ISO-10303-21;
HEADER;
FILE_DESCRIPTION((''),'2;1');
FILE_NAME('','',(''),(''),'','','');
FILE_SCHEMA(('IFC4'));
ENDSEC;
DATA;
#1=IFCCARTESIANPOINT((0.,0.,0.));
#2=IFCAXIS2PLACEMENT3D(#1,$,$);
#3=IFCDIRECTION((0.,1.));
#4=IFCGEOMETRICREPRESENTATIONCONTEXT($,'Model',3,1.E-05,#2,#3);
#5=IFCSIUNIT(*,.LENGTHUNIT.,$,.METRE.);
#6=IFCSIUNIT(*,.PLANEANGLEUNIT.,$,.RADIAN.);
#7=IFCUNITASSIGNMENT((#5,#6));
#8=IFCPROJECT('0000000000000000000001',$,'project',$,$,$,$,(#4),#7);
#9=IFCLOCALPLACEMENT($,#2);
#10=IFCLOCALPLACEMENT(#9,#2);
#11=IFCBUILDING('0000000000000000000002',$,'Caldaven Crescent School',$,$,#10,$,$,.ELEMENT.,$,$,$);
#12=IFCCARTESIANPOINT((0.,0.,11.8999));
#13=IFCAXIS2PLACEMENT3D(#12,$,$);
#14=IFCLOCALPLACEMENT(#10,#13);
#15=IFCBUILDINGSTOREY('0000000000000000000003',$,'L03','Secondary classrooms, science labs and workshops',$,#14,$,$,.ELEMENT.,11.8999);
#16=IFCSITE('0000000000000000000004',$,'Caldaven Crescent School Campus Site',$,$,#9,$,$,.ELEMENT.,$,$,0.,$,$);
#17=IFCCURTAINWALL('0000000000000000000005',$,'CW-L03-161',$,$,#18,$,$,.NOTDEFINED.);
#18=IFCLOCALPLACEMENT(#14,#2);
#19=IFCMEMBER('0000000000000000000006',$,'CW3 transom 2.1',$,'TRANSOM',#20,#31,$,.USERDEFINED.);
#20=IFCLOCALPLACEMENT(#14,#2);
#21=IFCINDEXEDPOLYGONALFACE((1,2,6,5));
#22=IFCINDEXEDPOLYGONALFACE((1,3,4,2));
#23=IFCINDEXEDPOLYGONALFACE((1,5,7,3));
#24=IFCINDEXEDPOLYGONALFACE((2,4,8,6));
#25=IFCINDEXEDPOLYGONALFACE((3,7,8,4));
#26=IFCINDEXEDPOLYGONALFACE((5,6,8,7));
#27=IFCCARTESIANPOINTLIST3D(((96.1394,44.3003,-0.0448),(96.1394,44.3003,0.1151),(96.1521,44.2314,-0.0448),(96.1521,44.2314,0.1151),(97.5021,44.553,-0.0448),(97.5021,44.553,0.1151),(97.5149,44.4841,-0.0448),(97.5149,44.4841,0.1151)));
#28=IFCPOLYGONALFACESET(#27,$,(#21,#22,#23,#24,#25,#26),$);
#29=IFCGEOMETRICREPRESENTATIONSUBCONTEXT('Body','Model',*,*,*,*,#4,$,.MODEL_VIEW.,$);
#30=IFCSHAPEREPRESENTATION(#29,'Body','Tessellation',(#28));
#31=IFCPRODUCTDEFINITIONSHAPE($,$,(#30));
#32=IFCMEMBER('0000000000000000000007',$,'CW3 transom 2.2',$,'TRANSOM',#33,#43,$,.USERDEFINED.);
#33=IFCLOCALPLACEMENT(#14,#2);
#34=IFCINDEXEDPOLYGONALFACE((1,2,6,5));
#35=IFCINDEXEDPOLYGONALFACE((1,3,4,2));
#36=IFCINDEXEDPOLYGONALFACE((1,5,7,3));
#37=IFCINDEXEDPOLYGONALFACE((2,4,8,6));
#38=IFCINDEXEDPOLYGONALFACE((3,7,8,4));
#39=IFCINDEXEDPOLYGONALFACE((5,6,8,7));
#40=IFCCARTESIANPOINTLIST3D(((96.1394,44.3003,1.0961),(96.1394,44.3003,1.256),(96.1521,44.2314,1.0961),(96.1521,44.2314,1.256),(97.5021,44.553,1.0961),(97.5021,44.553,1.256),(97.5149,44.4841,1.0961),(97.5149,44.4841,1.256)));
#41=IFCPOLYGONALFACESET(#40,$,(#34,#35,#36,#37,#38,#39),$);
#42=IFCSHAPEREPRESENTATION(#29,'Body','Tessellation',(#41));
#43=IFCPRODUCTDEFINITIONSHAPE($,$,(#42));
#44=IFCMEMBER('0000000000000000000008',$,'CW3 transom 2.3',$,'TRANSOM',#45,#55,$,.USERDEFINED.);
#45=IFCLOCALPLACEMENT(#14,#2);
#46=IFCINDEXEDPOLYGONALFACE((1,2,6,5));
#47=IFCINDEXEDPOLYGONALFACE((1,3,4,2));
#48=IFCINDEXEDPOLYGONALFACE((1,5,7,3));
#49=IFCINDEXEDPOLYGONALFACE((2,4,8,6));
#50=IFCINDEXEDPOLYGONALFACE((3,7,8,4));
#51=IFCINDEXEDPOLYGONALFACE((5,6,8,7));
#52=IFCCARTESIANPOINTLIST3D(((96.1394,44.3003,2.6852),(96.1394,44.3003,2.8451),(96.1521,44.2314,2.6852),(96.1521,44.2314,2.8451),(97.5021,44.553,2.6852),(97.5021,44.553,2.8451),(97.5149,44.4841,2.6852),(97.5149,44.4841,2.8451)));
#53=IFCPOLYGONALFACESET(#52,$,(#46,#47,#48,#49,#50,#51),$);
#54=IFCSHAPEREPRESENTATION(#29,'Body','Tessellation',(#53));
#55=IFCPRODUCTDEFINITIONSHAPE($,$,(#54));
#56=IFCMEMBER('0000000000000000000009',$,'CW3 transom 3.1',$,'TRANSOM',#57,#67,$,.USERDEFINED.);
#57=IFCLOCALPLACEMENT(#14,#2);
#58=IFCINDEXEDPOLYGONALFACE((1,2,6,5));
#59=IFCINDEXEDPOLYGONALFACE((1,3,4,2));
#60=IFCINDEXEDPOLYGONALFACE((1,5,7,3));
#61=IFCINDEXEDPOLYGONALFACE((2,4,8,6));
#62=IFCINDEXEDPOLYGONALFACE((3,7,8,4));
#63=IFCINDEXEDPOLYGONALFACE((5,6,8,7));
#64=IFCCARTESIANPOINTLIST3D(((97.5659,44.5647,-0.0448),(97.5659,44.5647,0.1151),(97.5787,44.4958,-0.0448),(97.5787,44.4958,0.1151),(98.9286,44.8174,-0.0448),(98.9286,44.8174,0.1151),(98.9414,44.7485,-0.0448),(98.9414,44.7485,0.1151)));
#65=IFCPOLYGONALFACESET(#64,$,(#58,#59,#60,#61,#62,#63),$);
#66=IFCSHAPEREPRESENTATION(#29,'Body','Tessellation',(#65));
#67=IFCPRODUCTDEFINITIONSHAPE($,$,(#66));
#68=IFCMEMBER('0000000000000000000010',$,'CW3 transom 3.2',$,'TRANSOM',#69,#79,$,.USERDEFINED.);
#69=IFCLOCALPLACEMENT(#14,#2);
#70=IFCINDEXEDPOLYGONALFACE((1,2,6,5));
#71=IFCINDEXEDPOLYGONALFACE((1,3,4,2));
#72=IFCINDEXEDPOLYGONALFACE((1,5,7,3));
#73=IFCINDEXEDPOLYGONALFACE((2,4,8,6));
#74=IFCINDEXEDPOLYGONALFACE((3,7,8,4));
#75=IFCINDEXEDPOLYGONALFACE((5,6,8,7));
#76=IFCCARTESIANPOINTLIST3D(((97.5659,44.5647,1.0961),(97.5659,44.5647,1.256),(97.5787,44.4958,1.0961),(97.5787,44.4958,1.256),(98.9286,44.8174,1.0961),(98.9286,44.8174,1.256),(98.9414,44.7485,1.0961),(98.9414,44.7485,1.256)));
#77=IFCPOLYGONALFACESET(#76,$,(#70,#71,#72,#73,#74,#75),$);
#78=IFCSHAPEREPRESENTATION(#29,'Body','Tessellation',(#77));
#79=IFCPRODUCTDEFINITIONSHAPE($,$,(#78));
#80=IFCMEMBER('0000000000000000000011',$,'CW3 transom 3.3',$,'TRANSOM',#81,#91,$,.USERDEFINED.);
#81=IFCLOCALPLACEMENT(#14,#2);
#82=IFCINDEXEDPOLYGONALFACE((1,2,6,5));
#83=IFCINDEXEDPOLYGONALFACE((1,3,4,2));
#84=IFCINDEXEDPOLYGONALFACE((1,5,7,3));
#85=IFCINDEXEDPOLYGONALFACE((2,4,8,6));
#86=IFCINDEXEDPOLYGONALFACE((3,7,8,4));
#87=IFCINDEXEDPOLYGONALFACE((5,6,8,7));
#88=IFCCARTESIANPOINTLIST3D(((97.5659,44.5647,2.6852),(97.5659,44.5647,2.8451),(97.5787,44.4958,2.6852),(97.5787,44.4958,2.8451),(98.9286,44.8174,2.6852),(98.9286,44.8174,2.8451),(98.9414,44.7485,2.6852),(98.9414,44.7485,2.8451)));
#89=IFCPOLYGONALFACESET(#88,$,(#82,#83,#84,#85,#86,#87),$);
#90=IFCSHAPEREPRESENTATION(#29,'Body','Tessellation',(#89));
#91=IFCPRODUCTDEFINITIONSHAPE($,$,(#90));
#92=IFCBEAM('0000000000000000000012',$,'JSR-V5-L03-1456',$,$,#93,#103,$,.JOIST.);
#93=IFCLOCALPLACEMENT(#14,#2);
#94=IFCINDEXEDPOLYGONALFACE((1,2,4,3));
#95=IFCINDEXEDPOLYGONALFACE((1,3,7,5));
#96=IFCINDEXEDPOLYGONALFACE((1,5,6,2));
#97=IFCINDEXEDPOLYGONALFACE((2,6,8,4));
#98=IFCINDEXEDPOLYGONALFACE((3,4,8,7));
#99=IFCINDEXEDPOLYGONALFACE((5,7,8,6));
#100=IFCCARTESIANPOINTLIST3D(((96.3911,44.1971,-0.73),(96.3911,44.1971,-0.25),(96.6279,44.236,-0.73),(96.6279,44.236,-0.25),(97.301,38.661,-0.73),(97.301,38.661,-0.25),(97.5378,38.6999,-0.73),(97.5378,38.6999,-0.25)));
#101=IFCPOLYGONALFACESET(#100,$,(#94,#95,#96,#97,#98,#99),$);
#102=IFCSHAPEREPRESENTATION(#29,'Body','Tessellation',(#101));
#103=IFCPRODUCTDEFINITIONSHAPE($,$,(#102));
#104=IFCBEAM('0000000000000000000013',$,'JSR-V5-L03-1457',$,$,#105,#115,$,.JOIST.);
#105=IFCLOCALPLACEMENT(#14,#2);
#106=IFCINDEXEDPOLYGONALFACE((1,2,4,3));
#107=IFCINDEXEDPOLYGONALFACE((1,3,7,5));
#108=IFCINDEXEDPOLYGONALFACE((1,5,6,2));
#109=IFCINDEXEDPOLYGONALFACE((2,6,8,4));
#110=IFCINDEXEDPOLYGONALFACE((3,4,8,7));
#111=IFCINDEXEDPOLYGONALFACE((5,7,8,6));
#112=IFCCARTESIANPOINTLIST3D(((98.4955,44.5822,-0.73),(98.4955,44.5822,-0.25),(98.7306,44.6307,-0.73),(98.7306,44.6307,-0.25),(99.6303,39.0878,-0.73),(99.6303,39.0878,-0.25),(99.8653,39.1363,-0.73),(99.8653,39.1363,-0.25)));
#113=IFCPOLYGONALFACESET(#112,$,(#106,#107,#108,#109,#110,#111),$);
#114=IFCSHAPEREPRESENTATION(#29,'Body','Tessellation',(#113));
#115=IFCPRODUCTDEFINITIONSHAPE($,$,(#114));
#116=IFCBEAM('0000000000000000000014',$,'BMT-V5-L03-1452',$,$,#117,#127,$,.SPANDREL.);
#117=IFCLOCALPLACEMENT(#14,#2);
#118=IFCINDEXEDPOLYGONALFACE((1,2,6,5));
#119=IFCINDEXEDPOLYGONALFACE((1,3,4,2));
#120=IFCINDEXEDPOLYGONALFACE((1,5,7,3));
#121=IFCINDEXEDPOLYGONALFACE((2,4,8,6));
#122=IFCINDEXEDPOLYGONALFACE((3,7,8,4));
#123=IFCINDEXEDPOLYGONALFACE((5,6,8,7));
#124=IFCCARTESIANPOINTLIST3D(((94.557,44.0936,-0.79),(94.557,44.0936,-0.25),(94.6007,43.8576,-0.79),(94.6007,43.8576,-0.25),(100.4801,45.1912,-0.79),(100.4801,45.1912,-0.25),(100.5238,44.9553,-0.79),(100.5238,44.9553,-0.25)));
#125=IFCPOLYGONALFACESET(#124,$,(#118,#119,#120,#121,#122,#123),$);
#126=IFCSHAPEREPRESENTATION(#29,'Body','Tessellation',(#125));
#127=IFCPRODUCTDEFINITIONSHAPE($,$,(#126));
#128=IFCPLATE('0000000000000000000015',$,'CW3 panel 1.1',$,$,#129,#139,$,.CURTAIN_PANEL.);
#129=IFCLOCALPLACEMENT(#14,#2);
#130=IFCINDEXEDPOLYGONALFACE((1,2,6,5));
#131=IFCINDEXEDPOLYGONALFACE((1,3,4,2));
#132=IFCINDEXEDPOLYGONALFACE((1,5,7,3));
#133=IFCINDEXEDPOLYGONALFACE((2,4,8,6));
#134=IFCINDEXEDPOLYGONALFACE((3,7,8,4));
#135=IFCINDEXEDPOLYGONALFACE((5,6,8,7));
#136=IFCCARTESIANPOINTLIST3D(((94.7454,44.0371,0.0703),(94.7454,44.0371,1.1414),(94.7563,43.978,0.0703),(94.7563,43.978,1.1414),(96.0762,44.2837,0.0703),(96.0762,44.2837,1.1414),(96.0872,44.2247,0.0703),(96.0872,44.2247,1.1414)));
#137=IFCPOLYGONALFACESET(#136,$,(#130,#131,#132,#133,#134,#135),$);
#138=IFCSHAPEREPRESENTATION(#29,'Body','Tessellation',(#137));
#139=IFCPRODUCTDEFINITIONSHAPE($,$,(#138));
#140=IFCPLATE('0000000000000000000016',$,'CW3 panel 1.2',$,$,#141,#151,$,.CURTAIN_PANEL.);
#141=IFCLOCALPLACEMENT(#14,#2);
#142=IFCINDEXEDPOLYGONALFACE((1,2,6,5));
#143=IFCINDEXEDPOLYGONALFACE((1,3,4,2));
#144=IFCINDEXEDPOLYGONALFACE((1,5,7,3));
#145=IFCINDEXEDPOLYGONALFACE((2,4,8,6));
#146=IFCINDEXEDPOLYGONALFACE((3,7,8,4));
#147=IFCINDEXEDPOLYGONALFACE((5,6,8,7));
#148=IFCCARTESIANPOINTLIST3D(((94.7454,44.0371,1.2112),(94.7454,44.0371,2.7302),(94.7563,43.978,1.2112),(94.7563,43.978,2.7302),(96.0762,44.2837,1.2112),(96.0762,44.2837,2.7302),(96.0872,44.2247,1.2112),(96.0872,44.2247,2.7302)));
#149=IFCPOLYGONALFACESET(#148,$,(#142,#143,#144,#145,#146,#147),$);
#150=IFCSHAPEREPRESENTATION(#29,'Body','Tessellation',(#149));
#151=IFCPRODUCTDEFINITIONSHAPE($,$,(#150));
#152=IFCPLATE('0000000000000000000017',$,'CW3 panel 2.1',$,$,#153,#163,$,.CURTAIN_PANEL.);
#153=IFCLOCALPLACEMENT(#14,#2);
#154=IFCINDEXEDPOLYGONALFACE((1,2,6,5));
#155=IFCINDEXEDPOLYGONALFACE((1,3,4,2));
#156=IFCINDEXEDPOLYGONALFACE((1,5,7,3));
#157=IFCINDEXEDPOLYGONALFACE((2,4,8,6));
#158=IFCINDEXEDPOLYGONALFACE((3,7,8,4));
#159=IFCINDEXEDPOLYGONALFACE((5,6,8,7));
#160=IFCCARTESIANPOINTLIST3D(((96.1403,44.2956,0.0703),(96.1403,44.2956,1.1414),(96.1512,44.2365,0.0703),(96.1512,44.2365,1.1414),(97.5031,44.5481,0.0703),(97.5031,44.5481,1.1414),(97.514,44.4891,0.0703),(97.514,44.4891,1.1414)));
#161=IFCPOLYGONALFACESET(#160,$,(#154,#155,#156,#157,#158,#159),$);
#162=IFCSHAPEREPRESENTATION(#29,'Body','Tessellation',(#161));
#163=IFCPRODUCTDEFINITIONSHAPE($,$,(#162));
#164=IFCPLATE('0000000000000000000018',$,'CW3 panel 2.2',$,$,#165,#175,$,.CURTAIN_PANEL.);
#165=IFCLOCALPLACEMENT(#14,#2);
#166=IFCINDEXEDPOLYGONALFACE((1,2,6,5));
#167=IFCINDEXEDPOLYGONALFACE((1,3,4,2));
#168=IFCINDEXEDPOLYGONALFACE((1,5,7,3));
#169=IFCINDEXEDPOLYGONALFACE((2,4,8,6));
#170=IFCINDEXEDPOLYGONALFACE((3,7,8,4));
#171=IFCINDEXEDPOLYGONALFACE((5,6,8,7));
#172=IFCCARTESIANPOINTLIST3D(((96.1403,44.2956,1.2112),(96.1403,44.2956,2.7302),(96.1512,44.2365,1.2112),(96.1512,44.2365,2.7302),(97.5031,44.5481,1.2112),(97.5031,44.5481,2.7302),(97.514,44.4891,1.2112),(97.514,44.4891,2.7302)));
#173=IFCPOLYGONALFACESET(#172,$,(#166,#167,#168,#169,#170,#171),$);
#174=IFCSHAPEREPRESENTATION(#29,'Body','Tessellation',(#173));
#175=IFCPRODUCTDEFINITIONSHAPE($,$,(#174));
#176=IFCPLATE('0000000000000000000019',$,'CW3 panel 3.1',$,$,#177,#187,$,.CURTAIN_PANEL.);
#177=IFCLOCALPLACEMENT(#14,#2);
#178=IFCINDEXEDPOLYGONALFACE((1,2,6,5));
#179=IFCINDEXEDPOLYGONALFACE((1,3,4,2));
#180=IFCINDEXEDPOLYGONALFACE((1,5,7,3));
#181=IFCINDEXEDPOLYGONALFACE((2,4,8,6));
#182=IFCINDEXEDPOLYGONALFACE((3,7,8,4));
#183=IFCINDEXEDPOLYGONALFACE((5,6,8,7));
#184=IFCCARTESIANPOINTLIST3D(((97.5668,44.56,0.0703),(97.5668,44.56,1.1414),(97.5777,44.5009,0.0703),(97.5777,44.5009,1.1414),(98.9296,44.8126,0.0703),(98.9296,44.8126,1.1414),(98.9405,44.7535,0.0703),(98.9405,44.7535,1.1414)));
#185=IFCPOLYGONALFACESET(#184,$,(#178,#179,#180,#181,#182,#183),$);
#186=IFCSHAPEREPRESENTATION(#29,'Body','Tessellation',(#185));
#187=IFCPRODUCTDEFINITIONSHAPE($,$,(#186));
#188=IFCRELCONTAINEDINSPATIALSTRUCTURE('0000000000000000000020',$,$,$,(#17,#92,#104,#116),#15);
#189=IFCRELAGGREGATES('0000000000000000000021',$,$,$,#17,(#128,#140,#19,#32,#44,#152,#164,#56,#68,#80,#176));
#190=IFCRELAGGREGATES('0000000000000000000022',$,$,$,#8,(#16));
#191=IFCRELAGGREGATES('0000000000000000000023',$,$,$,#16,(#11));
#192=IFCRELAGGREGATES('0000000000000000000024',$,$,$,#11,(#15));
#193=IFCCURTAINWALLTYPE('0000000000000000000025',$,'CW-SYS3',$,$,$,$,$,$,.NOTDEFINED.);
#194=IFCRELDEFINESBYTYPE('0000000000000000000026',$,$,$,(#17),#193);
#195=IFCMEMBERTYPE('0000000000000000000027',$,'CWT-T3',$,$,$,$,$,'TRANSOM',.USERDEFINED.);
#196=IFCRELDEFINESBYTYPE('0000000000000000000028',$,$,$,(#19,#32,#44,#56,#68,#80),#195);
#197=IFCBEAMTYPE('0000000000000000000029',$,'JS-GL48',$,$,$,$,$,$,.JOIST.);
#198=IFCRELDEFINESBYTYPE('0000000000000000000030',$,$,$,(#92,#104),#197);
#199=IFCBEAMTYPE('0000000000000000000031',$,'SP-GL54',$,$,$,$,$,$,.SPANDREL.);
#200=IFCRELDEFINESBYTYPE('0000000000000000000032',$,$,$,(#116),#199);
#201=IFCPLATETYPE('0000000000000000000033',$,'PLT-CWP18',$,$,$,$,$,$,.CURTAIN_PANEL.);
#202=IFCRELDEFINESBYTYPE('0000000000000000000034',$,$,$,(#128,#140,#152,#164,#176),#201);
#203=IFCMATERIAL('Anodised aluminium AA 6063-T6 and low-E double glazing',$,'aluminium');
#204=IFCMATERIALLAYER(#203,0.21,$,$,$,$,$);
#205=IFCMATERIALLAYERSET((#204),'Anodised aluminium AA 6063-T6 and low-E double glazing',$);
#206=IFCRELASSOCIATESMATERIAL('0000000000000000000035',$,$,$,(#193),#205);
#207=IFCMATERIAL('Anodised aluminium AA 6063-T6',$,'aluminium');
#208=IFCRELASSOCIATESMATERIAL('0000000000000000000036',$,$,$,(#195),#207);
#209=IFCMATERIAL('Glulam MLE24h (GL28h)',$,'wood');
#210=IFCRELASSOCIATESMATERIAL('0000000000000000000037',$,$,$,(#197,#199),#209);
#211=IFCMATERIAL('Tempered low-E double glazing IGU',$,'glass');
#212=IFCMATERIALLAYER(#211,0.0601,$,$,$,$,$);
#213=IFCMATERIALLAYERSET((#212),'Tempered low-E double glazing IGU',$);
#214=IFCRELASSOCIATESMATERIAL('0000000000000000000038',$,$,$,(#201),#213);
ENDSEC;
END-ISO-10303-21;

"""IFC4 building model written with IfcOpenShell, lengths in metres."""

from ifc_helpers import new_model, si_unit, direction, frame, origin, origin_2d, place, context, subcontext, project, spatial, rectangle, extrude, material, layer, layer_set, material_profile, profile_set, type_object, element, aggregate, save


model = new_model("IFC4")

# Units and contexts
model_context = context("Model", 3, precision=1e-05, world=origin(), true_north=direction((0.0, 1.0)))
body_context = subcontext(model_context, "Body", "Model", "MODEL_VIEW")
ifc_project = project(units=[si_unit("LENGTHUNIT", "METRE"), si_unit("PLANEANGLEUNIT", "RADIAN")], contexts=[model_context])

# Site, building, storey
site_placement = place(None, origin())
site = spatial("IfcSite", under=ifc_project, at=site_placement, Name="Caldaven Crescent School Campus Site", CompositionType="ELEMENT", RefElevation=0.0)
building_placement = place(site_placement, origin())
building = spatial("IfcBuilding", under=site, at=building_placement, Name="Caldaven Crescent School", CompositionType="ELEMENT")
storey_placement = place(building_placement, frame((0.0, 0.0, 11.8999)))
storey = spatial("IfcBuildingStorey", under=building, at=storey_placement, Name="L03", Description="Secondary classrooms, science labs and workshops", CompositionType="ELEMENT", Elevation=11.8999)

# Shared definitions
ifc_material_1 = material(Name="Glulam MLE24h (GL28h)", Category="wood")

# Shared definitions
ifc_material_2 = material(Name="Anodised aluminium AA 6063-T6 and low-E double glazing", Category="aluminium")
ifc_material_3 = material(Name="Anodised aluminium AA 6063-T6", Category="aluminium")

# Curtain wall, members
ifc_layer_1 = layer(ifc_material_2, 0.21)
ifc_layer_set_1 = layer_set([ifc_layer_1], Name="Anodised aluminium AA 6063-T6 and low-E double glazing")
curtain_wall_type_1 = type_object("IfcCurtainWallType", Name="CW-SYS3", PredefinedType="NOTDEFINED", material=ifc_layer_set_1)
curtain_wall_1_placement = place(storey_placement, origin())
curtain_wall_1 = element("IfcCurtainWall", 1, at=curtain_wall_1_placement, inside=storey, type_object=curtain_wall_type_1, Name="CW-L03-161", PredefinedType="NOTDEFINED")
ifc_material_profile_1 = material_profile(ifc_material_3, rectangle(XDim=0.0701, YDim=0.1599, at=origin_2d()), Name="CWT 70x160")
ifc_profile_set_1 = profile_set([ifc_material_profile_1], Name="Anodised aluminium AA 6063-T6")
member_type_1 = type_object("IfcMemberType", Name="CWT-T3", ElementType="TRANSOM", PredefinedType="USERDEFINED", material=ifc_profile_set_1)
member_1_placement = place(storey_placement, frame((96.1458, 44.2659, 0.0352), z_axis=(0.983241, 0.18231, 0.0), x_axis=(-0.18231, 0.983241, 0.0)))
member_1 = element("IfcMember", 2, at=member_1_placement, type_object=member_type_1, Name="CW3 transom 2.1", ObjectType="TRANSOM", PredefinedType="USERDEFINED", context=body_context, shape_type="SweptSolid", body=[
    extrude(rectangle(XDim=0.0701, YDim=0.1599, at=origin_2d()), origin(), (0.0, 0.0, 1.0), 1.386),
])
member_2_placement = place(storey_placement, frame((96.1458, 44.2659, 1.176), z_axis=(0.983241, 0.18231, 0.0), x_axis=(-0.18231, 0.983241, 0.0)))
member_2 = element("IfcMember", 3, at=member_2_placement, type_object=member_type_1, Name="CW3 transom 2.2", ObjectType="TRANSOM", PredefinedType="USERDEFINED", context=body_context, shape_type="SweptSolid", body=[
    extrude(rectangle(XDim=0.0701, YDim=0.1599, at=origin_2d()), origin(), (0.0, 0.0, 1.0), 1.386),
])
member_3_placement = place(storey_placement, frame((96.1458, 44.2659, 2.7651), z_axis=(0.983241, 0.18231, 0.0), x_axis=(-0.18231, 0.983241, 0.0)))
member_3 = element("IfcMember", 4, at=member_3_placement, type_object=member_type_1, Name="CW3 transom 2.3", ObjectType="TRANSOM", PredefinedType="USERDEFINED", context=body_context, shape_type="SweptSolid", body=[
    extrude(rectangle(XDim=0.0701, YDim=0.1599, at=origin_2d()), origin(), (0.0, 0.0, 1.0), 1.386),
])
member_4_placement = place(storey_placement, frame((97.5723, 44.5303, 0.0352), z_axis=(0.983241, 0.18231, 0.0), x_axis=(-0.18231, 0.983241, 0.0)))
member_4 = element("IfcMember", 5, at=member_4_placement, type_object=member_type_1, Name="CW3 transom 3.1", ObjectType="TRANSOM", PredefinedType="USERDEFINED", context=body_context, shape_type="SweptSolid", body=[
    extrude(rectangle(XDim=0.0701, YDim=0.1599, at=origin_2d()), origin(), (0.0, 0.0, 1.0), 1.386),
])
member_5_placement = place(storey_placement, frame((97.5723, 44.5303, 1.176), z_axis=(0.983241, 0.18231, 0.0), x_axis=(-0.18231, 0.983241, 0.0)))
member_5 = element("IfcMember", 6, at=member_5_placement, type_object=member_type_1, Name="CW3 transom 3.2", ObjectType="TRANSOM", PredefinedType="USERDEFINED", context=body_context, shape_type="SweptSolid", body=[
    extrude(rectangle(XDim=0.0701, YDim=0.1599, at=origin_2d()), origin(), (0.0, 0.0, 1.0), 1.386),
])
member_6_placement = place(storey_placement, frame((97.5723, 44.5303, 2.7651), z_axis=(0.983241, 0.18231, 0.0), x_axis=(-0.18231, 0.983241, 0.0)))
member_6 = element("IfcMember", 7, at=member_6_placement, type_object=member_type_1, Name="CW3 transom 3.3", ObjectType="TRANSOM", PredefinedType="USERDEFINED", context=body_context, shape_type="SweptSolid", body=[
    extrude(rectangle(XDim=0.0701, YDim=0.1599, at=origin_2d()), origin(), (0.0, 0.0, 1.0), 1.386),
])

# Beams
ifc_material_profile_2 = material_profile(ifc_material_1, rectangle(XDim=0.24, YDim=0.48, at=origin_2d()), Name="MLE 240x480")
ifc_profile_set_2 = profile_set([ifc_material_profile_2], Name="Glulam MLE24h (GL28h)")
beam_type_1 = type_object("IfcBeamType", Name="JS-GL48", PredefinedType="JOIST", material=ifc_profile_set_2)
for number, where, z_axis, x_axis, name in (
    (8, (96.5095, 44.2166, -0.49), (0.162183, -0.986761, 0.0), (0.986761, 0.162183, 0.0), "JSR-V5-L03-1456"),
    (9, (98.613, 44.6064, -0.49), (0.202263, -0.979331, 0.0), (0.979331, 0.202263, 0.0), "JSR-V5-L03-1457"),
):
    element("IfcBeam", number, at=place(storey_placement, frame(where, z_axis=z_axis, x_axis=x_axis)), inside=storey, type_object=beam_type_1, Name=name, PredefinedType="JOIST", context=body_context, shape_type="SweptSolid", body=[
        extrude(rectangle(XDim=0.24, YDim=0.48, at=origin_2d()), origin(), (0.0, 0.0, 1.0), 5.6104),
    ])
ifc_material_profile_3 = material_profile(ifc_material_1, rectangle(XDim=0.24, YDim=0.54, at=origin_2d()), Name="MLE 240x540")
ifc_profile_set_3 = profile_set([ifc_material_profile_3], Name="Glulam MLE24h (GL28h)")
beam_type_2 = type_object("IfcBeamType", Name="SP-GL54", PredefinedType="SPANDREL", material=ifc_profile_set_3)
beam_1_placement = place(storey_placement, frame((94.5789, 43.9756, -0.52), z_axis=(0.983259, 0.182216, 0.0), x_axis=(-0.182216, 0.983259, 0.0)))
element("IfcBeam", 10, at=beam_1_placement, inside=storey, type_object=beam_type_2, Name="BMT-V5-L03-1452", PredefinedType="SPANDREL", context=body_context, shape_type="SweptSolid", body=[
    extrude(rectangle(XDim=0.24, YDim=0.54, at=origin_2d()), origin(), (0.0, 0.0, 1.0), 6.0239),
])

# Plates
ifc_material_4 = material(Name="Tempered low-E double glazing IGU", Category="glass")
ifc_layer_2 = layer(ifc_material_4, 0.0601)
ifc_layer_set_2 = layer_set([ifc_layer_2], Name="Tempered low-E double glazing IGU")
plate_type = type_object("IfcPlateType", Name="PLT-CWP18", PredefinedType="CURTAIN_PANEL", material=ifc_layer_set_2)
plate_1_placement = place(storey_placement, frame((95.4163, 44.1309, 0.0703), z_axis=(0.0, 0.0, 1.0), x_axis=(0.983255, 0.182236, 0.0)))
plate_1 = element("IfcPlate", 11, at=plate_1_placement, type_object=plate_type, Name="CW3 panel 1.1", PredefinedType="CURTAIN_PANEL", context=body_context, shape_type="SweptSolid", body=[
    extrude(rectangle(XDim=1.3535, YDim=0.0601, at=origin_2d()), origin(), (0.0, 0.0, 1.0), 1.071),
])
plate_2_placement = place(storey_placement, frame((95.4163, 44.1309, 1.2112), z_axis=(0.0, 0.0, 1.0), x_axis=(0.983255, 0.182236, 0.0)))
plate_2 = element("IfcPlate", 12, at=plate_2_placement, type_object=plate_type, Name="CW3 panel 1.2", PredefinedType="CURTAIN_PANEL", context=body_context, shape_type="SweptSolid", body=[
    extrude(rectangle(XDim=1.3535, YDim=0.0601, at=origin_2d()), origin(), (0.0, 0.0, 1.0), 1.519),
])
plate_3_placement = place(storey_placement, frame((96.8271, 44.3923, 0.0703), z_axis=(0.0, 0.0, 1.0), x_axis=(0.983255, 0.182236, 0.0)))
plate_3 = element("IfcPlate", 13, at=plate_3_placement, type_object=plate_type, Name="CW3 panel 2.1", PredefinedType="CURTAIN_PANEL", context=body_context, shape_type="SweptSolid", body=[
    extrude(rectangle(XDim=1.386, YDim=0.0601, at=origin_2d()), origin(), (0.0, 0.0, 1.0), 1.071),
])
plate_4_placement = place(storey_placement, frame((96.8271, 44.3923, 1.2112), z_axis=(0.0, 0.0, 1.0), x_axis=(0.983255, 0.182236, 0.0)))
plate_4 = element("IfcPlate", 14, at=plate_4_placement, type_object=plate_type, Name="CW3 panel 2.2", PredefinedType="CURTAIN_PANEL", context=body_context, shape_type="SweptSolid", body=[
    extrude(rectangle(XDim=1.386, YDim=0.0601, at=origin_2d()), origin(), (0.0, 0.0, 1.0), 1.519),
])
plate_5_placement = place(storey_placement, frame((98.2537, 44.6567, 0.0703), z_axis=(0.0, 0.0, 1.0), x_axis=(0.983255, 0.182236, 0.0)))
plate_5 = element("IfcPlate", 15, at=plate_5_placement, type_object=plate_type, Name="CW3 panel 3.1", PredefinedType="CURTAIN_PANEL", context=body_context, shape_type="SweptSolid", body=[
    extrude(rectangle(XDim=1.386, YDim=0.0601, at=origin_2d()), origin(), (0.0, 0.0, 1.0), 1.071),
])
aggregate(curtain_wall_1, [plate_1, plate_2, member_1, member_2, member_3, plate_3, plate_4, member_4, member_5, member_6, plate_5])

save(model, "model.ifc")
